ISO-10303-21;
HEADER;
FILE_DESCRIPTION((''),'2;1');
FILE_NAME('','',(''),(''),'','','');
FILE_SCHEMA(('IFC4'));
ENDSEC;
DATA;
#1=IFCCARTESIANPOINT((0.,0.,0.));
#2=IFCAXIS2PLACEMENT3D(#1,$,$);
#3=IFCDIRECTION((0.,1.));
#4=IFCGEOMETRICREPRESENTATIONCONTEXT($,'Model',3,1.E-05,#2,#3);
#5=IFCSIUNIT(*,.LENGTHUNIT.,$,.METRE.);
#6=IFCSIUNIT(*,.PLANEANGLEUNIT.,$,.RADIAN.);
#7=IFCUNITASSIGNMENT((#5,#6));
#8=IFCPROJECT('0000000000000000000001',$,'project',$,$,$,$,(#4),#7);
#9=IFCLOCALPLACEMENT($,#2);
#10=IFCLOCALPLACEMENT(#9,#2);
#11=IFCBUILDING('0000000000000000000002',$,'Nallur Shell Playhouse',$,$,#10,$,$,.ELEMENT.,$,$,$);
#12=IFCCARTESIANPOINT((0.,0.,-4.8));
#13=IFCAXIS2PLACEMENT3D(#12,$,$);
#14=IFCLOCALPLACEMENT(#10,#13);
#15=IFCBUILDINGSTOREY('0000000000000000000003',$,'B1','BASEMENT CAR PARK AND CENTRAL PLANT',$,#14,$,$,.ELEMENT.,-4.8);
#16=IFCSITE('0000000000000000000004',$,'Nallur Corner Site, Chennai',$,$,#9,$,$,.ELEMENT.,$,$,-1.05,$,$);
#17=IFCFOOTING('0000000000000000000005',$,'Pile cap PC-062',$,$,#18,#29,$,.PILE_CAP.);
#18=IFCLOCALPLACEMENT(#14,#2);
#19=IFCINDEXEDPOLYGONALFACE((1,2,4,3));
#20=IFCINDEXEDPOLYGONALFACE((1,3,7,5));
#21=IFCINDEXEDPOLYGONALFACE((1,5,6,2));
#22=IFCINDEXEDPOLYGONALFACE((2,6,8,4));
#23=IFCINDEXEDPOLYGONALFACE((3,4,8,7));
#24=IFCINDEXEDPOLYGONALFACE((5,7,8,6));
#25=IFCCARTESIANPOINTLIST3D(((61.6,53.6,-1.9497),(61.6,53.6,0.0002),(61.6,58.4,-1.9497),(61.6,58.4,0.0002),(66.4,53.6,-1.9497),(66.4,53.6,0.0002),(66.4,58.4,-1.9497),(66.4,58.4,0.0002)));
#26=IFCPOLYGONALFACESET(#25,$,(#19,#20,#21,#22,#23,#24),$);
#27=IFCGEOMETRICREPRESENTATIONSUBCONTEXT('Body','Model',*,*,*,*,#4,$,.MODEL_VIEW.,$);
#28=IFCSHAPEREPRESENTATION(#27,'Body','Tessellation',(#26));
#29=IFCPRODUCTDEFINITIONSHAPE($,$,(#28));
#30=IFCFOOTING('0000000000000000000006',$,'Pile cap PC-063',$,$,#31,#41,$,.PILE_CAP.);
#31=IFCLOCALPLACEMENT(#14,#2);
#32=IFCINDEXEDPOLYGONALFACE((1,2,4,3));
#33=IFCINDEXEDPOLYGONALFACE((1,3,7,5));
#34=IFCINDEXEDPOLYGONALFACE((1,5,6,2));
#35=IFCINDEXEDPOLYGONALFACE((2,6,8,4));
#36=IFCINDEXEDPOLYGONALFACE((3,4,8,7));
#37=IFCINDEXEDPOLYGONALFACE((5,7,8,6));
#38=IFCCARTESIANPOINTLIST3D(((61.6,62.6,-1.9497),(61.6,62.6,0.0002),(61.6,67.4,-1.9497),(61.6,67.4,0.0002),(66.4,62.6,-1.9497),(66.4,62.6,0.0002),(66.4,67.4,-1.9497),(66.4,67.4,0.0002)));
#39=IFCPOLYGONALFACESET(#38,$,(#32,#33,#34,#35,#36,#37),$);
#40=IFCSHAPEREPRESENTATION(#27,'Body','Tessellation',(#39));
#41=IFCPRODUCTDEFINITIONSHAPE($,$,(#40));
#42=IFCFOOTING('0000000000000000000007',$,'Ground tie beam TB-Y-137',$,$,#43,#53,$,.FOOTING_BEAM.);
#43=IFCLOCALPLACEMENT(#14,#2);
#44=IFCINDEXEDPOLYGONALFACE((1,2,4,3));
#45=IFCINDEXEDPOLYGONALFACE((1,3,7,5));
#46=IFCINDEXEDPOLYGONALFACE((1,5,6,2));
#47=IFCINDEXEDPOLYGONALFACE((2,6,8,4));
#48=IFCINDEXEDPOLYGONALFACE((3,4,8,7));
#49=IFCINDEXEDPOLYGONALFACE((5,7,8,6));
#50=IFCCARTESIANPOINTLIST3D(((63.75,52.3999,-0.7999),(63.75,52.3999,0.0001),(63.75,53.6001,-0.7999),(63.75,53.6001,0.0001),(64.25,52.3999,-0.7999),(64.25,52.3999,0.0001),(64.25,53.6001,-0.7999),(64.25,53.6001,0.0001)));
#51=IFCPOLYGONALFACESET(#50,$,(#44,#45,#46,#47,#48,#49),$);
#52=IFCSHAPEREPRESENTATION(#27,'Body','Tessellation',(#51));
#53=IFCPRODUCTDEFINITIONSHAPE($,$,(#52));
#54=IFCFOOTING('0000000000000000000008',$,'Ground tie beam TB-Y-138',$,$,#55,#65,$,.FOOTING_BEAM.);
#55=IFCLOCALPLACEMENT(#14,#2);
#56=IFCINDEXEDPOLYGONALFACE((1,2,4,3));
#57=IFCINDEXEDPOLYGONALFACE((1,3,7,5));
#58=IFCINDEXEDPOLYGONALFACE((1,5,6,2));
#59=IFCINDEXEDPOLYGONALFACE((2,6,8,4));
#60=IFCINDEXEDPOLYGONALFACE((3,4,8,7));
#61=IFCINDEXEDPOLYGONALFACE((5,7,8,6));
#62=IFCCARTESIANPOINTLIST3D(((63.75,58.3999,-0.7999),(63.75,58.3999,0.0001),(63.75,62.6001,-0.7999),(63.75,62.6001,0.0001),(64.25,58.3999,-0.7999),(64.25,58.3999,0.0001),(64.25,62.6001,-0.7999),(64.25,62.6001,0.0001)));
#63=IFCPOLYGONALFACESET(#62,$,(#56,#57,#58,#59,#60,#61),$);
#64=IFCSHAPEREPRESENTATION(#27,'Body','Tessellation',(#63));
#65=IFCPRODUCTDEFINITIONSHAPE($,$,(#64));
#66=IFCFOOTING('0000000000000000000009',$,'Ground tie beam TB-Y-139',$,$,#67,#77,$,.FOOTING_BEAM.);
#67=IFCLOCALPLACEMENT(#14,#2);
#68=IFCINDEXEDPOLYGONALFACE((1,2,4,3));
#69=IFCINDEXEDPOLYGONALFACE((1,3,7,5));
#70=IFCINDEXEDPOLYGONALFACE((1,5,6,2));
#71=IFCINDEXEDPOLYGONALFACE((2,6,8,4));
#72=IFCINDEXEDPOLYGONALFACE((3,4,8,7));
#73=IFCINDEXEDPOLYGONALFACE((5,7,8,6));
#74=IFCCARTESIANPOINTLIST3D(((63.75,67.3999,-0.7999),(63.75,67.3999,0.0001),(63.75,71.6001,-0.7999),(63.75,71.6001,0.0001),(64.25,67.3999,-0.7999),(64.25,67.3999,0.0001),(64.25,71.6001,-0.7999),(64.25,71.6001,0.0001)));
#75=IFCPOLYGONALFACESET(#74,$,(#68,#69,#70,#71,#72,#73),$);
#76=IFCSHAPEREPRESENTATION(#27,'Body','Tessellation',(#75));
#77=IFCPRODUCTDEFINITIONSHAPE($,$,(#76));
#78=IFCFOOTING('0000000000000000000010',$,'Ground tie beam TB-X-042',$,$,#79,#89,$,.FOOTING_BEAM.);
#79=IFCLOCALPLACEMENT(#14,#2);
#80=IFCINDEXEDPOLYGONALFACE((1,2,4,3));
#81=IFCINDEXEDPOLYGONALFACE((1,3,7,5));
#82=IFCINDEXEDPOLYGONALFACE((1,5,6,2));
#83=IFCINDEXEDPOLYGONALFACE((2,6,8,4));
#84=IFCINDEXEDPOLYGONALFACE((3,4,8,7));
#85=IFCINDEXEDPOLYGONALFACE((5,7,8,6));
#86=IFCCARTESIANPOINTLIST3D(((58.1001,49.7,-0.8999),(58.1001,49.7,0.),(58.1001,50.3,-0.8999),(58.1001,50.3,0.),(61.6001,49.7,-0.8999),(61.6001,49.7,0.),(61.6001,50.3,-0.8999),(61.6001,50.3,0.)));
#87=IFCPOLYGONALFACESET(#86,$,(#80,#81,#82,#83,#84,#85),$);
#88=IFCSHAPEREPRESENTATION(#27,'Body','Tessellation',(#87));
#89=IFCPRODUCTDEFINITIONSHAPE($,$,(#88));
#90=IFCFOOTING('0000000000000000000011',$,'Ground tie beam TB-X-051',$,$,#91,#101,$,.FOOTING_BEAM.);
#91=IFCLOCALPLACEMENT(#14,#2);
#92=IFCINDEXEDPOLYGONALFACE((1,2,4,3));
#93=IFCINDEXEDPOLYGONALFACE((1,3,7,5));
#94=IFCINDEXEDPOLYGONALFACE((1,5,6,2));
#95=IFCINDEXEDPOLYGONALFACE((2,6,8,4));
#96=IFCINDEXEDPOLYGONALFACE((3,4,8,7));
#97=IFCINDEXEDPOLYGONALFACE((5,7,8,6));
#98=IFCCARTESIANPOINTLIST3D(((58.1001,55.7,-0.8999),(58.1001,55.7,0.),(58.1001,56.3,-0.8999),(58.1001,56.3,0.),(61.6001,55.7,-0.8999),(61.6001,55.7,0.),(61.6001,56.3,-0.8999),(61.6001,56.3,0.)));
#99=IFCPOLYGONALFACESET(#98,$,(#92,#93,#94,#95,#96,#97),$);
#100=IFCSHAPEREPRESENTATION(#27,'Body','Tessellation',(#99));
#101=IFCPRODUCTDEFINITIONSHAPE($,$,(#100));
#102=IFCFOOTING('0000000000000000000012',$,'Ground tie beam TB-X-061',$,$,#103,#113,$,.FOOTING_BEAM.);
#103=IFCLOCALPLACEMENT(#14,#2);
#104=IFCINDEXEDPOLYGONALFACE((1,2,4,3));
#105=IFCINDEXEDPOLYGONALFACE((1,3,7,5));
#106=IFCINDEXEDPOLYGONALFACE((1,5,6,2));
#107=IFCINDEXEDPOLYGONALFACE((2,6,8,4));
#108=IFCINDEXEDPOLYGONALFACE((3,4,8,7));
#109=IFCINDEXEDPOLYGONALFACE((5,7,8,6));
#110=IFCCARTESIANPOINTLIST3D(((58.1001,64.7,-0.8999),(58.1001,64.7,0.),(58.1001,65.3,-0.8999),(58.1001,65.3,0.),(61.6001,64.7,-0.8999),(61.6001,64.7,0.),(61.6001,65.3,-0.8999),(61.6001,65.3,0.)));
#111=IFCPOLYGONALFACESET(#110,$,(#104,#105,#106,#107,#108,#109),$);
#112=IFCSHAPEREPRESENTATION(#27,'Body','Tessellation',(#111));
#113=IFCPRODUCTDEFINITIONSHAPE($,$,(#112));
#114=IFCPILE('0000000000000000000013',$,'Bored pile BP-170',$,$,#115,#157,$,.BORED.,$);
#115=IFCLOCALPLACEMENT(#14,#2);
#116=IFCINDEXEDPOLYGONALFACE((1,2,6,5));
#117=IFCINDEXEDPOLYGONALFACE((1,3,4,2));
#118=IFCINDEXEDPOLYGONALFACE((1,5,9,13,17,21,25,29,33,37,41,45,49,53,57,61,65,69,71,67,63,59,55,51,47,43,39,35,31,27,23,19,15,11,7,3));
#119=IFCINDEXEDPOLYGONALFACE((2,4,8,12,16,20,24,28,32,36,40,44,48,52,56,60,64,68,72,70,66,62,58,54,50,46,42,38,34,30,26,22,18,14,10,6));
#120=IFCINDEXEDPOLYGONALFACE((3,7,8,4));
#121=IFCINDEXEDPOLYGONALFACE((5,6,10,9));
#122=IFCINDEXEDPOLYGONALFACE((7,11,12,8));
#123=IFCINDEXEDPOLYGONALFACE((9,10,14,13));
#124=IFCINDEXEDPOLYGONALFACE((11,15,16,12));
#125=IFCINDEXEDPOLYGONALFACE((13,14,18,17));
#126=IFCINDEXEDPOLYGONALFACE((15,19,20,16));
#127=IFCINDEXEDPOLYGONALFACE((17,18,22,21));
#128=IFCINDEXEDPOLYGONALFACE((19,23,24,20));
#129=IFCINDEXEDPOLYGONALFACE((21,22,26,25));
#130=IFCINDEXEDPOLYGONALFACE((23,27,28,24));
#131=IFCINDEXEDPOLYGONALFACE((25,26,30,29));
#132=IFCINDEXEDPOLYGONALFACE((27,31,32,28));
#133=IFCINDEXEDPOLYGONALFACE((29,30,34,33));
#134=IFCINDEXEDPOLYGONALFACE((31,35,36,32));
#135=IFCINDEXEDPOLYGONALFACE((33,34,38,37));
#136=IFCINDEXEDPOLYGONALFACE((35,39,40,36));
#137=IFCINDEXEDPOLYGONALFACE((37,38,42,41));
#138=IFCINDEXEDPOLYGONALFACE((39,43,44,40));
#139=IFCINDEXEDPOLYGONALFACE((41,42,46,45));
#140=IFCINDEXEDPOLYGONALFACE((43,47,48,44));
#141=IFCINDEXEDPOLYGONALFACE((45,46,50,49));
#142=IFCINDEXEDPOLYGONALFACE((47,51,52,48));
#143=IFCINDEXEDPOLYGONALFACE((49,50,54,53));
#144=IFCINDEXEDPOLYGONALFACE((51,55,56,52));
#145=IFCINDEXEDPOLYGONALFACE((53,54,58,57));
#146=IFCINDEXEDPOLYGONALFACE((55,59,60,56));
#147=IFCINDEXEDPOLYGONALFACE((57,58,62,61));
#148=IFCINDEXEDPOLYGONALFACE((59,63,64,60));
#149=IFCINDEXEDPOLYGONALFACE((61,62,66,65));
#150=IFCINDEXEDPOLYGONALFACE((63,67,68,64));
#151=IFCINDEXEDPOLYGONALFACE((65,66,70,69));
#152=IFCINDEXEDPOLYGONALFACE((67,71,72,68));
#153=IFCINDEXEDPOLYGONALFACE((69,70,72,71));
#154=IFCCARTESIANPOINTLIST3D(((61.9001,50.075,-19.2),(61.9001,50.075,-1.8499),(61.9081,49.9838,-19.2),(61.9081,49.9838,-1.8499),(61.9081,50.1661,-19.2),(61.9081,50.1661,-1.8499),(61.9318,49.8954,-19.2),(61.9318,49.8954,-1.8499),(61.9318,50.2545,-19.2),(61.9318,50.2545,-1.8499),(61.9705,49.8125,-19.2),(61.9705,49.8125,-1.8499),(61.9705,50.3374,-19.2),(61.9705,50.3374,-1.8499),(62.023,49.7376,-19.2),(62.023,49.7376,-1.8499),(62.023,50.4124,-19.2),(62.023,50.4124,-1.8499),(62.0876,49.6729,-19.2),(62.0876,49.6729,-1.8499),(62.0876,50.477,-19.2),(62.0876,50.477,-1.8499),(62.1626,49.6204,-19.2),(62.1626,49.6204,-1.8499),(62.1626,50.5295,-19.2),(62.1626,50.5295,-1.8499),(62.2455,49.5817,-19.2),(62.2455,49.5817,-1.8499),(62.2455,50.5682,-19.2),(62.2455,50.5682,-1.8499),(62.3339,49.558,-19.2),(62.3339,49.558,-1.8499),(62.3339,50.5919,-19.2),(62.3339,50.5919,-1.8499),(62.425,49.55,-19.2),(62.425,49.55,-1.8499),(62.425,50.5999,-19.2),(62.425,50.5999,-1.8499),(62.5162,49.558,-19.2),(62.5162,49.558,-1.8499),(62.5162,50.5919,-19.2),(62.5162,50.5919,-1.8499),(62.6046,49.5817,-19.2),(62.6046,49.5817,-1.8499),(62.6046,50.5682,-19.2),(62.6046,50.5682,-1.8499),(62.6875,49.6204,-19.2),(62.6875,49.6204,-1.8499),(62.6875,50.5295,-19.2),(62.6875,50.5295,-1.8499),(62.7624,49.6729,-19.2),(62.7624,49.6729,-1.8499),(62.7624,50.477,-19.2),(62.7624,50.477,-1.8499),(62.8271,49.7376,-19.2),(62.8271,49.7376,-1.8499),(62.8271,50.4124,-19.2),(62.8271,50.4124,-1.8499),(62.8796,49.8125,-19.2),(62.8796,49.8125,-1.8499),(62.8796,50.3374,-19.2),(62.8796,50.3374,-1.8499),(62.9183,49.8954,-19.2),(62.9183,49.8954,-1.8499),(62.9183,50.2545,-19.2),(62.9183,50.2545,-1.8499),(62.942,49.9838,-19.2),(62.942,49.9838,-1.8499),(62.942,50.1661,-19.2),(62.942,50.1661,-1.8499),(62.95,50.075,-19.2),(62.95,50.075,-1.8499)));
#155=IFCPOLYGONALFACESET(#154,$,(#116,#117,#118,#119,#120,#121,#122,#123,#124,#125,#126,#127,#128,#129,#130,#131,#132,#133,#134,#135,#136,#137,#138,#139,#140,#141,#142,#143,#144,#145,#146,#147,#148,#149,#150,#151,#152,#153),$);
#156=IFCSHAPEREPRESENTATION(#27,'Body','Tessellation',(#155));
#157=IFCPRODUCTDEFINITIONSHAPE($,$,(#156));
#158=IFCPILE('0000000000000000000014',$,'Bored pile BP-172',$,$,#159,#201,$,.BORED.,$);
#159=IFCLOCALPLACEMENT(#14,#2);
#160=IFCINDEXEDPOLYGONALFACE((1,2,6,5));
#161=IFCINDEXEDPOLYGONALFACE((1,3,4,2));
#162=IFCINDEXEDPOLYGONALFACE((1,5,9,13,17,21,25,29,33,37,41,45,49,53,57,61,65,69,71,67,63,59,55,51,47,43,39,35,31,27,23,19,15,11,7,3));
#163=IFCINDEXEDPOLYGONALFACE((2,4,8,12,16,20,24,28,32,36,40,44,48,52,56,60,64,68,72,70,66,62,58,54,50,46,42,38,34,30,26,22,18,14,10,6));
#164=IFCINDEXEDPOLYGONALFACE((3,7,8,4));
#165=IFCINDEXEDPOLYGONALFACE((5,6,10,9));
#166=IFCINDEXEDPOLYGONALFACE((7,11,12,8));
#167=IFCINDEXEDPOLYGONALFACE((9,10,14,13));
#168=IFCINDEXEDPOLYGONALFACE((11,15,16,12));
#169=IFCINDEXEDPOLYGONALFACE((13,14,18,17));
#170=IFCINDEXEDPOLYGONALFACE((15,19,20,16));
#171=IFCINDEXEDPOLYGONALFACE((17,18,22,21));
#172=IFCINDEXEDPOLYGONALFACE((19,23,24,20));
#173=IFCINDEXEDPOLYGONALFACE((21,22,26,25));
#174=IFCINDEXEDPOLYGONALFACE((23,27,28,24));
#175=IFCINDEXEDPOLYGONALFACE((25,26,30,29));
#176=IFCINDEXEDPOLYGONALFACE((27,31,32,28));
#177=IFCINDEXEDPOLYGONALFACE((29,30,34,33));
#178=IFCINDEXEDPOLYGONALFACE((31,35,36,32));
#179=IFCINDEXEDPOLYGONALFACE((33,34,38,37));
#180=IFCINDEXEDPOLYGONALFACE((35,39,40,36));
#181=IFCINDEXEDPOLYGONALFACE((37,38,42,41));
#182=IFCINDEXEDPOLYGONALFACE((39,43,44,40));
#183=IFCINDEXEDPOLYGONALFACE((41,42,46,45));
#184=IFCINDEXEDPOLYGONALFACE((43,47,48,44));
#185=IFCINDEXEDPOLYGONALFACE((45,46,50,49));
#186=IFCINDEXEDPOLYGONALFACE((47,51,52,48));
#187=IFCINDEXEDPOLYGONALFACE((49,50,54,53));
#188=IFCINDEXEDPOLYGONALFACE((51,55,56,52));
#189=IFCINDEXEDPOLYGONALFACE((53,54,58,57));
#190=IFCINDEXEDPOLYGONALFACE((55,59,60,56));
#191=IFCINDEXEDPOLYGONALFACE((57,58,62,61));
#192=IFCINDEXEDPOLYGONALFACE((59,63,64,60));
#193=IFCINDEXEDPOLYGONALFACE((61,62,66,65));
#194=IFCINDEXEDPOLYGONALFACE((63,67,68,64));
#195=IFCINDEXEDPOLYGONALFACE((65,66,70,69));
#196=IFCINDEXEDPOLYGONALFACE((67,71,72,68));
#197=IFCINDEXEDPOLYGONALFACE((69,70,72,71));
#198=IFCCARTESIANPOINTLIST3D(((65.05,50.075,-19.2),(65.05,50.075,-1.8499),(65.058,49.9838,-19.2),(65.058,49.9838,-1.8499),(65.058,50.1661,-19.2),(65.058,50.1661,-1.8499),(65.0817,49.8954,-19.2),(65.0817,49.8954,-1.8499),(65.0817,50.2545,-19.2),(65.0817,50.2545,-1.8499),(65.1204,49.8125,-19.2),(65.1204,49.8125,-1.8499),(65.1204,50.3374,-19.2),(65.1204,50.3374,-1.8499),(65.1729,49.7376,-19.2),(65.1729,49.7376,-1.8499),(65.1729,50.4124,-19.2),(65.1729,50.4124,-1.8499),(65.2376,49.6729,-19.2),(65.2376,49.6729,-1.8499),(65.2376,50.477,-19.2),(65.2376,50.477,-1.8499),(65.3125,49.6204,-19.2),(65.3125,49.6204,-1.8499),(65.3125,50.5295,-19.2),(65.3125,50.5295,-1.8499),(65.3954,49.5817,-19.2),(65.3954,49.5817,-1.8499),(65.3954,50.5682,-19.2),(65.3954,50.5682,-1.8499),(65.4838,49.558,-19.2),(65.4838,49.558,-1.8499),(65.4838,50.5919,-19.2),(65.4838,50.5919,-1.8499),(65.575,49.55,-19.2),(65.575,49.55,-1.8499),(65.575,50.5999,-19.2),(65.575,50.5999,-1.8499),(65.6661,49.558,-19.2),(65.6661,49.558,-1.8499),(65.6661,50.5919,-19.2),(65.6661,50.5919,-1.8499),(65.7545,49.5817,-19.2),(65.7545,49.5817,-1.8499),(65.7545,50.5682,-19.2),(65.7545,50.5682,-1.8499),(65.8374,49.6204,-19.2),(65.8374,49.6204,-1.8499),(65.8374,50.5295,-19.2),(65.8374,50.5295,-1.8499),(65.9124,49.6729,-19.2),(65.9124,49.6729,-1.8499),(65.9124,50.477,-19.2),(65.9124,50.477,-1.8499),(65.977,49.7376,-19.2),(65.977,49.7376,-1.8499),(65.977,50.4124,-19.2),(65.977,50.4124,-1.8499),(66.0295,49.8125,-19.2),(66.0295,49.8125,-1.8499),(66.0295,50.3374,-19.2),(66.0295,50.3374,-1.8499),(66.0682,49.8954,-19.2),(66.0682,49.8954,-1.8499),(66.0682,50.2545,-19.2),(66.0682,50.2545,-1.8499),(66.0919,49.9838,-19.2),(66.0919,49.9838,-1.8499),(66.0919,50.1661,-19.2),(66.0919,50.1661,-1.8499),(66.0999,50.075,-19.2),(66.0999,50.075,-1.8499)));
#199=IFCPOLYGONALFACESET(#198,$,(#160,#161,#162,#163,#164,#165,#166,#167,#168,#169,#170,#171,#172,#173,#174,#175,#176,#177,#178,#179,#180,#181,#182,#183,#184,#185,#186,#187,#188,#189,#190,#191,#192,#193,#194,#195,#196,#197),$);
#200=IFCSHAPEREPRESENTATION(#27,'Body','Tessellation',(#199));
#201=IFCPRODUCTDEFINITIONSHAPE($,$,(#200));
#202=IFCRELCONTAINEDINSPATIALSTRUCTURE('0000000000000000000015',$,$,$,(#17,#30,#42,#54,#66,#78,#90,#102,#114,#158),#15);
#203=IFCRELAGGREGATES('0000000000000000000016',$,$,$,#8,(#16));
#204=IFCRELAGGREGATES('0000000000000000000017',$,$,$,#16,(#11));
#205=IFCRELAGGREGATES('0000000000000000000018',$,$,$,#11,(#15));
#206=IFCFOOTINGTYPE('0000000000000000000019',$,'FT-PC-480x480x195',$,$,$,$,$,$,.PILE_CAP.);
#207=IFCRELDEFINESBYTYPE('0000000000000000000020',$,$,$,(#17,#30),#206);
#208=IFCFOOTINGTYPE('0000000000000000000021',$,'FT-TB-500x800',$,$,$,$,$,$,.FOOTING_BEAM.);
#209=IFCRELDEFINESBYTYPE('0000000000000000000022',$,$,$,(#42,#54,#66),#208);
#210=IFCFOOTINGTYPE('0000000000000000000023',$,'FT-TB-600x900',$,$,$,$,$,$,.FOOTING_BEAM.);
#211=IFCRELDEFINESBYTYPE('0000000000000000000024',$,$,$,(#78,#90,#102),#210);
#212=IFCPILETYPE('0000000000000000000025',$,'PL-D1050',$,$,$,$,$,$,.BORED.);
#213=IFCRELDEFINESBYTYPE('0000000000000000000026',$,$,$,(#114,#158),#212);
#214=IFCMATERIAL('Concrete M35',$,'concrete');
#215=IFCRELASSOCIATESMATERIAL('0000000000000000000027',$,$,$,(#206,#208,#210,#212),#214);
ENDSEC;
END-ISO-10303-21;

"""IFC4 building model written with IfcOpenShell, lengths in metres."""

from ifc_helpers import new_model, si_unit, direction, frame, origin, origin_2d, place, context, subcontext, project, spatial, rectangle, circle, extrude, material, material_profile, profile_set, type_object, element, save


model = new_model("IFC4")

# Units and contexts
model_context = context("Model", 3, precision=1e-05, world=origin(), true_north=direction((0.0, 1.0)))
body_context = subcontext(model_context, "Body", "Model", "MODEL_VIEW")
ifc_project = project(units=[si_unit("LENGTHUNIT", "METRE"), si_unit("PLANEANGLEUNIT", "RADIAN")], contexts=[model_context])

# Site, building, storey
site_placement = place(None, origin())
site = spatial("IfcSite", under=ifc_project, at=site_placement, Name="Nallur Corner Site, Chennai", CompositionType="ELEMENT", RefElevation=-1.05)
building_placement = place(site_placement, origin())
building = spatial("IfcBuilding", under=site, at=building_placement, Name="Nallur Shell Playhouse", CompositionType="ELEMENT")
storey_placement = place(building_placement, frame((0.0, 0.0, -4.8)))
storey = spatial("IfcBuildingStorey", under=building, at=storey_placement, Name="B1", Description="BASEMENT CAR PARK AND CENTRAL PLANT", CompositionType="ELEMENT", Elevation=-4.8)

# Footings
ifc_material_1 = material(Name="Concrete M35", Category="concrete")
footing_type_1 = type_object("IfcFootingType", Name="FT-PC-480x480x195", PredefinedType="PILE_CAP", material=ifc_material_1)
for number, where, z_axis, x_axis, name in (
    (1, (64.0, 56.0, -1.9497), (0.0, 0.0, 1.0), (1.0, 0.0, 0.0), "Pile cap PC-062"),
    (2, (64.0, 65.0, -1.9497), (0.0, 0.0, 1.0), (1.0, 0.0, 0.0), "Pile cap PC-063"),
):
    element("IfcFooting", number, at=place(storey_placement, frame(where, z_axis=z_axis, x_axis=x_axis)), inside=storey, type_object=footing_type_1, Name=name, PredefinedType="PILE_CAP", context=body_context, shape_type="SweptSolid", body=[
        extrude(rectangle(XDim=4.8, YDim=4.8, at=origin_2d()), origin(), (0.0, 0.0, 1.0), 1.95),
    ])
ifc_material_profile_1 = material_profile(ifc_material_1, rectangle(XDim=0.5, YDim=0.8, at=origin_2d()), Name="RC 500x800")
ifc_profile_set_1 = profile_set([ifc_material_profile_1], Name="Concrete M35")
footing_type_2 = type_object("IfcFootingType", Name="FT-TB-500x800", PredefinedType="FOOTING_BEAM", material=ifc_profile_set_1)
footing_placement = place(storey_placement, frame((64.0, 52.3999, -0.3999), z_axis=(0.0, 1.0, 0.0), x_axis=(-1.0, 0.0, 0.0)))
element("IfcFooting", 3, at=footing_placement, inside=storey, type_object=footing_type_2, Name="Ground tie beam TB-Y-137", PredefinedType="FOOTING_BEAM", context=body_context, shape_type="SweptSolid", body=[
    extrude(rectangle(XDim=0.5, YDim=0.8, at=origin_2d()), origin(), (0.0, 0.0, 1.0), 1.2002),
])
for number, where, z_axis, x_axis, name in (
    (4, (64.0, 58.3999, -0.3999), (0.0, 1.0, 0.0), (-1.0, 0.0, 0.0), "Ground tie beam TB-Y-138"),
    (5, (64.0, 67.3999, -0.3999), (0.0, 1.0, 0.0), (-1.0, 0.0, 0.0), "Ground tie beam TB-Y-139"),
):
    element("IfcFooting", number, at=place(storey_placement, frame(where, z_axis=z_axis, x_axis=x_axis)), inside=storey, type_object=footing_type_2, Name=name, PredefinedType="FOOTING_BEAM", context=body_context, shape_type="SweptSolid", body=[
        extrude(rectangle(XDim=0.5, YDim=0.8, at=origin_2d()), origin(), (0.0, 0.0, 1.0), 4.2002),
    ])
ifc_material_profile_2 = material_profile(ifc_material_1, rectangle(XDim=0.6001, YDim=0.8999, at=origin_2d()), Name="RC 600x900")
ifc_profile_set_2 = profile_set([ifc_material_profile_2], Name="Concrete M35")
footing_type_3 = type_object("IfcFootingType", Name="FT-TB-600x900", PredefinedType="FOOTING_BEAM", material=ifc_profile_set_2)
for number, where, z_axis, x_axis, name in (
    (6, (58.1001, 50.0, -0.45), (1.0, 0.0, 0.0), (0.0, 1.0, 0.0), "Ground tie beam TB-X-042"),
    (7, (58.1001, 56.0, -0.45), (1.0, 0.0, 0.0), (0.0, 1.0, 0.0), "Ground tie beam TB-X-051"),
    (8, (58.1001, 65.0, -0.45), (1.0, 0.0, 0.0), (0.0, 1.0, 0.0), "Ground tie beam TB-X-061"),
):
    element("IfcFooting", number, at=place(storey_placement, frame(where, z_axis=z_axis, x_axis=x_axis)), inside=storey, type_object=footing_type_3, Name=name, PredefinedType="FOOTING_BEAM", context=body_context, shape_type="SweptSolid", body=[
        extrude(rectangle(XDim=0.6001, YDim=0.8999, at=origin_2d()), origin(), (0.0, 0.0, 1.0), 3.5),
    ])

# Piles
ifc_material_profile_3 = material_profile(ifc_material_1, circle(Radius=0.5249, at=origin_2d()), Name="BORED PILE D1050")
ifc_profile_set_3 = profile_set([ifc_material_profile_3], Name="Concrete M35")
pile_type = type_object("IfcPileType", Name="PL-D1050", PredefinedType="BORED", material=ifc_profile_set_3)
for number, where, z_axis, x_axis, name in (
    (9, (62.425, 50.075, -1.8499), (0.0, 0.0, -1.0), (1.0, 0.0, 0.0), "Bored pile BP-170"),
    (10, (65.575, 50.075, -1.8499), (0.0, 0.0, -1.0), (1.0, 0.0, 0.0), "Bored pile BP-172"),
):
    element("IfcPile", number, at=place(storey_placement, frame(where, z_axis=z_axis, x_axis=x_axis)), inside=storey, type_object=pile_type, Name=name, PredefinedType="BORED", context=body_context, shape_type="SweptSolid", body=[
        extrude(circle(Radius=0.5249, at=origin_2d()), origin(), (0.0, 0.0, 1.0), 17.3501),
    ])

save(model, "model.ifc")
